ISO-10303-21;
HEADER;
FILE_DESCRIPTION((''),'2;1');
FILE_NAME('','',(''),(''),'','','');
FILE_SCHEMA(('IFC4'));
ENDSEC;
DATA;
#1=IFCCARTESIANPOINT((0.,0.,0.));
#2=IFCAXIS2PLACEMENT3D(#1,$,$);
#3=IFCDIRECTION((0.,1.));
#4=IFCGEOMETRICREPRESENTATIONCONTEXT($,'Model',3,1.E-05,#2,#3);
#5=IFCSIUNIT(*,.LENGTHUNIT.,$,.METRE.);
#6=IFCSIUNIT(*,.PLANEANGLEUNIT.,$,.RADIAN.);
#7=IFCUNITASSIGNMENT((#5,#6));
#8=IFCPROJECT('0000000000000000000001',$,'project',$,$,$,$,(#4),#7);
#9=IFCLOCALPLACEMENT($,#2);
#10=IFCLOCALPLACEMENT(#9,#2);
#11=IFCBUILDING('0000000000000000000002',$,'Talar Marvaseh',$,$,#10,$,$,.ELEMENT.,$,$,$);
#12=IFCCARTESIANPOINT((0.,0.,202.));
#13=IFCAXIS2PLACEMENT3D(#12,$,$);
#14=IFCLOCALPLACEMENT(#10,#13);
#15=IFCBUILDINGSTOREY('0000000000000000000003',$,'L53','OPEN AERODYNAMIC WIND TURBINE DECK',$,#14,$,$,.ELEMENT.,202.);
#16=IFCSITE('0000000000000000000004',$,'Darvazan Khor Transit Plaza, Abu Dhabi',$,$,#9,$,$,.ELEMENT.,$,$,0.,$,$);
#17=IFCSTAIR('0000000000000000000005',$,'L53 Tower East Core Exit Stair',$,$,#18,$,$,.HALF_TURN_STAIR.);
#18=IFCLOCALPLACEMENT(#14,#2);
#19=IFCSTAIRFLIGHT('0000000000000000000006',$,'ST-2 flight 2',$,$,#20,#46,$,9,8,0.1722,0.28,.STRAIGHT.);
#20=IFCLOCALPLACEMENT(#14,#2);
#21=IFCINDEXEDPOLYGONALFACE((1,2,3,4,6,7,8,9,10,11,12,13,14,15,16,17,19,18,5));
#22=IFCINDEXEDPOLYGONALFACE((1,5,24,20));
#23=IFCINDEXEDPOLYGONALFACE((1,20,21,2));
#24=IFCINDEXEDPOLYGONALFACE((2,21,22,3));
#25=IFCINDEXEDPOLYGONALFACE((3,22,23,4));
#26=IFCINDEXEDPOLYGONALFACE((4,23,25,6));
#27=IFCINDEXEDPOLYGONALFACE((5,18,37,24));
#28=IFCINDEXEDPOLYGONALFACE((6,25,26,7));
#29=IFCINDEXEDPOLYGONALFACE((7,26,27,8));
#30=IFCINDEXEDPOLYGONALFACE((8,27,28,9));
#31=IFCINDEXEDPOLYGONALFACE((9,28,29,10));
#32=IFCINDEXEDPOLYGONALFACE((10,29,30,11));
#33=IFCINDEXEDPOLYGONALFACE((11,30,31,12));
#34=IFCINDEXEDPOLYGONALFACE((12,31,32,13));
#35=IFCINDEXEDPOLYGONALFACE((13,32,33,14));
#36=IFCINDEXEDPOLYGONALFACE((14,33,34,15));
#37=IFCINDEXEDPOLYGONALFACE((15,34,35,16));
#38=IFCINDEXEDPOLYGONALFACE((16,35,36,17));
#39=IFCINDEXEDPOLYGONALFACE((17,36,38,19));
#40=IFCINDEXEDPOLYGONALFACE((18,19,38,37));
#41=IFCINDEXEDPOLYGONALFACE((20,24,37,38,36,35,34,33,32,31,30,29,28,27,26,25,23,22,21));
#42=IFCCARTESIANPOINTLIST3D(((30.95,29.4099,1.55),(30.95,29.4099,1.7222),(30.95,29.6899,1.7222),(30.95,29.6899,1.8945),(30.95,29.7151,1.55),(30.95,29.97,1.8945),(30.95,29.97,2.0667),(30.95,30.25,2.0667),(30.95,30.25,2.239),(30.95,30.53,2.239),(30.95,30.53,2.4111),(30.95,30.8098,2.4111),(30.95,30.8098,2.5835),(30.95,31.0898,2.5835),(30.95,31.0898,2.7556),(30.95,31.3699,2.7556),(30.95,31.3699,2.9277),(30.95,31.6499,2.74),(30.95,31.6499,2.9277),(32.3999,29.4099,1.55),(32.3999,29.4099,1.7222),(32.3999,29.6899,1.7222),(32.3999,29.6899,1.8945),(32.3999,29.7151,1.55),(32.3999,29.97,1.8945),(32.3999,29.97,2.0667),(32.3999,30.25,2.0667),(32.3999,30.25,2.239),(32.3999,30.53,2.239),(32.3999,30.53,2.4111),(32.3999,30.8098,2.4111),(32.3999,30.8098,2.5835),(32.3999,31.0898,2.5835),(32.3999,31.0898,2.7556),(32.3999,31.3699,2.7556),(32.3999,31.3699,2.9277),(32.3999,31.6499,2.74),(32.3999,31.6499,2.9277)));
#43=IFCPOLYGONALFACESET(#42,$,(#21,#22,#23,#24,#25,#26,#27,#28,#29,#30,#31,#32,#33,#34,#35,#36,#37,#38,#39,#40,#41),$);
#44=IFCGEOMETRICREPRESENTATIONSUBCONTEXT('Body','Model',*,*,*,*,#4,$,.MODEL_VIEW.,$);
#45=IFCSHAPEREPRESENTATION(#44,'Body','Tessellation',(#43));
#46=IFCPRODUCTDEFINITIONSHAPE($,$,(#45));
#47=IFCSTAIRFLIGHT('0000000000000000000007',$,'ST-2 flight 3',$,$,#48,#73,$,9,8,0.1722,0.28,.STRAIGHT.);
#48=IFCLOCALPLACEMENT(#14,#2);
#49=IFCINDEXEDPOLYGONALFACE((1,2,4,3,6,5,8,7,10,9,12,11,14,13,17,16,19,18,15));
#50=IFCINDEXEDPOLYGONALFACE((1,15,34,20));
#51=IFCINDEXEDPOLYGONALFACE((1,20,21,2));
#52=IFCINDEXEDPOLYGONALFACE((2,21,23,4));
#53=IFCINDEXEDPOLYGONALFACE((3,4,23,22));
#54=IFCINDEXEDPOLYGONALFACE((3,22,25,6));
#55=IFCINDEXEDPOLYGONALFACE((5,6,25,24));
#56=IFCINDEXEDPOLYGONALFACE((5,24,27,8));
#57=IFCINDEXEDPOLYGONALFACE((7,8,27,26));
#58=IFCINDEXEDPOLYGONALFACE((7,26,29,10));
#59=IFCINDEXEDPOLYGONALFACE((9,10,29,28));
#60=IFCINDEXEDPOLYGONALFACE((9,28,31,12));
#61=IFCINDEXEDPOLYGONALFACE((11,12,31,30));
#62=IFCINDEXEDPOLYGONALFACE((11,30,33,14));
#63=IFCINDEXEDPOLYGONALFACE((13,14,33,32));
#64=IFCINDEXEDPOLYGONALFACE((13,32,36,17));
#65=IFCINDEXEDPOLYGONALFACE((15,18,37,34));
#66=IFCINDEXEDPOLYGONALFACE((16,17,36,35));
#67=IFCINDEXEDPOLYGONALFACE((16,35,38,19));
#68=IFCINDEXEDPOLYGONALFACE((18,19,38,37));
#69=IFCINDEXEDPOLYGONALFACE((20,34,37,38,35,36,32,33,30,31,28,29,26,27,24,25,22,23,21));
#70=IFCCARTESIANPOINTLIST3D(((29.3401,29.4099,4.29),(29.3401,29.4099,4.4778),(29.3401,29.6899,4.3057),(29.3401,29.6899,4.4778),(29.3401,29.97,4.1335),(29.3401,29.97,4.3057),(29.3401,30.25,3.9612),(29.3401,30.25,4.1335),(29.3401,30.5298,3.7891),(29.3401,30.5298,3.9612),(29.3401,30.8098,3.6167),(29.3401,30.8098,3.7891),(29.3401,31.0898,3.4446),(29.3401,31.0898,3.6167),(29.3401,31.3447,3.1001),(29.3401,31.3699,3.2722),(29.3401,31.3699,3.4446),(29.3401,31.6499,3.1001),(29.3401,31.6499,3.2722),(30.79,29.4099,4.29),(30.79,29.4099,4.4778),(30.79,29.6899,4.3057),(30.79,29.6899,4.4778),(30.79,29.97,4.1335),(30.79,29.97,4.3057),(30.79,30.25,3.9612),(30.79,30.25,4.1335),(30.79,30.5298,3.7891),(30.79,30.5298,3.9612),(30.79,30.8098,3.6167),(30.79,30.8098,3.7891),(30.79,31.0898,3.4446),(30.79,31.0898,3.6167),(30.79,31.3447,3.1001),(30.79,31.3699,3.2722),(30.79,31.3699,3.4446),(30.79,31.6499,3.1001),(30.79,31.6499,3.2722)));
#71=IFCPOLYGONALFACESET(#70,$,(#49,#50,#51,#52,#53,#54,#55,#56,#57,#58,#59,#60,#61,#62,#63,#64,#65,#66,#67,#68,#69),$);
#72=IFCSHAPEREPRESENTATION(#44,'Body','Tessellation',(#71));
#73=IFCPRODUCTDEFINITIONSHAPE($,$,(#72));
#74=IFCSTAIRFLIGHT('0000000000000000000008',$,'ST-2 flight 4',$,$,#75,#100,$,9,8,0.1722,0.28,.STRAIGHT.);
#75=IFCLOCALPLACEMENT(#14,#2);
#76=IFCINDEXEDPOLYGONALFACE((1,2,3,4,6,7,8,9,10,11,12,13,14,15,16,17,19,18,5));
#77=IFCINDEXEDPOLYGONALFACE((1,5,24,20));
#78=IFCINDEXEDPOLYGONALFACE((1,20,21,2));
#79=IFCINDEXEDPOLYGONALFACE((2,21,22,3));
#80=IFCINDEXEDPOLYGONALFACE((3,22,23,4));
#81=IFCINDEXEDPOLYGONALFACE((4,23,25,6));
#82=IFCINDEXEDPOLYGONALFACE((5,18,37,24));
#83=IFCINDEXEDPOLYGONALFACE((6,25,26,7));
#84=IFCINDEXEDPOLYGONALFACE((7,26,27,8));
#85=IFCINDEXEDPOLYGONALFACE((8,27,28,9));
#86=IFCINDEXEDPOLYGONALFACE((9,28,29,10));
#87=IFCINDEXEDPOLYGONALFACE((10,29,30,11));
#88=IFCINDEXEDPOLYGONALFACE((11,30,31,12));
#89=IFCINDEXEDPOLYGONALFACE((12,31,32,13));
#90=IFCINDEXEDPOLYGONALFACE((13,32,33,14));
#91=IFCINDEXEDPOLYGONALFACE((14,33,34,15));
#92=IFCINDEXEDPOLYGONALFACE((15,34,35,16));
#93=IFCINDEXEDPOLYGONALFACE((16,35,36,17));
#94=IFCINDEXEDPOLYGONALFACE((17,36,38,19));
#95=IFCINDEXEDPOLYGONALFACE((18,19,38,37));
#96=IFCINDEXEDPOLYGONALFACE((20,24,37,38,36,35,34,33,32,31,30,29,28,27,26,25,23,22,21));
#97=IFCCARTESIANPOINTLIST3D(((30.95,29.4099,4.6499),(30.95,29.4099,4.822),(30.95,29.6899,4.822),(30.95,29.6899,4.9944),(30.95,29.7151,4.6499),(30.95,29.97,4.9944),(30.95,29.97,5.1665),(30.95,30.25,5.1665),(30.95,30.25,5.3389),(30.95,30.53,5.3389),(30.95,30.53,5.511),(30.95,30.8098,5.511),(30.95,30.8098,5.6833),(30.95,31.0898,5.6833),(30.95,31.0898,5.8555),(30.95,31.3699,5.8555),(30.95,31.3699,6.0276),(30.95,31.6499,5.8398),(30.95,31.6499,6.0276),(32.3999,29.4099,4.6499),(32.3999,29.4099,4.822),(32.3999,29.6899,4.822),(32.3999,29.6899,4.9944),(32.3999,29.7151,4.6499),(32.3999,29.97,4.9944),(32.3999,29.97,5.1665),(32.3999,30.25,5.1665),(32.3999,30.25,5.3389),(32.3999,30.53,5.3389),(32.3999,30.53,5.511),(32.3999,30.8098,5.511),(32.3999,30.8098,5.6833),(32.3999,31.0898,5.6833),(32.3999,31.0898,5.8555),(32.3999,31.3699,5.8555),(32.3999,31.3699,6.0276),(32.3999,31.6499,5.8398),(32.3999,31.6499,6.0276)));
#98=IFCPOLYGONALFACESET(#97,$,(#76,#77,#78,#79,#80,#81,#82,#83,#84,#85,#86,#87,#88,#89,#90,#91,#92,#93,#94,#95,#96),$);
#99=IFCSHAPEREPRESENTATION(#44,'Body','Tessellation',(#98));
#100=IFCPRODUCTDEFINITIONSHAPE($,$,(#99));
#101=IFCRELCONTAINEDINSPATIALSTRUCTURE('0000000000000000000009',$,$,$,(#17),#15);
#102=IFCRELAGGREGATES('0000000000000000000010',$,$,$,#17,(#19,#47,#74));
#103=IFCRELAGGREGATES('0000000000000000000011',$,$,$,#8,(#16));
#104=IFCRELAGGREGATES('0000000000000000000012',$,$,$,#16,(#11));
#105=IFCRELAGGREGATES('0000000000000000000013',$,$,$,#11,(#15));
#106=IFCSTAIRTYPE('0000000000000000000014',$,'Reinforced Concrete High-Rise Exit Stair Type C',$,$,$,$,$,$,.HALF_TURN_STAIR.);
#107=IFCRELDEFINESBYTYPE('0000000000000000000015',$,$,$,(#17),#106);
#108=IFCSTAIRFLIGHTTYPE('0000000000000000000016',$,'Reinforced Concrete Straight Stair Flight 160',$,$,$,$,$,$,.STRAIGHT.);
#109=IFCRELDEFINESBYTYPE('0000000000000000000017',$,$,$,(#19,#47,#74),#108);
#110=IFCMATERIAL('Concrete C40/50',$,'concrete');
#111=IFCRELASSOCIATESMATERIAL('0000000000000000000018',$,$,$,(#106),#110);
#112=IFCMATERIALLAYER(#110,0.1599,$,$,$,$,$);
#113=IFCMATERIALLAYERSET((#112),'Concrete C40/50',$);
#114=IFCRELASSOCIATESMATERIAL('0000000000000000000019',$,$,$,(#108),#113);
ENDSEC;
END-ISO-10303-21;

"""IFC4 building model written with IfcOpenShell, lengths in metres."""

from ifc_helpers import new_model, si_unit, direction, frame, origin, place, context, subcontext, project, spatial, polyline, outline, extrude, material, layer, layer_set, type_object, element, aggregate, save


model = new_model("IFC4")

# Units and contexts
model_context = context("Model", 3, precision=1e-05, world=origin(), true_north=direction((0.0, 1.0)))
body_context = subcontext(model_context, "Body", "Model", "MODEL_VIEW")
ifc_project = project(units=[si_unit("LENGTHUNIT", "METRE"), si_unit("PLANEANGLEUNIT", "RADIAN")], contexts=[model_context])

# Site, building, storey
site_placement = place(None, origin())
site = spatial("IfcSite", under=ifc_project, at=site_placement, Name="Darvazan Khor Transit Plaza, Abu Dhabi", CompositionType="ELEMENT", RefElevation=0.0)
building_placement = place(site_placement, origin())
building = spatial("IfcBuilding", under=site, at=building_placement, Name="Talar Marvaseh", CompositionType="ELEMENT")
storey_placement = place(building_placement, frame((0.0, 0.0, 202.0)))
storey = spatial("IfcBuildingStorey", under=building, at=storey_placement, Name="L53", Description="OPEN AERODYNAMIC WIND TURBINE DECK", CompositionType="ELEMENT", Elevation=202.0)

# Shared definitions
ifc_material_1 = material(Name="Concrete C40/50", Category="concrete")

# Stair, stair flights
stair_type = type_object("IfcStairType", Name="Reinforced Concrete High-Rise Exit Stair Type C", PredefinedType="HALF_TURN_STAIR", material=ifc_material_1)
stair_placement = place(storey_placement, origin())
stair = element("IfcStair", 1, at=stair_placement, inside=storey, type_object=stair_type, Name="L53 Tower East Core Exit Stair", PredefinedType="HALF_TURN_STAIR")
ifc_layer_1 = layer(ifc_material_1, 0.1599)
ifc_layer_set_1 = layer_set([ifc_layer_1], Name="Concrete C40/50")
stair_flight_type = type_object("IfcStairFlightType", Name="Reinforced Concrete Straight Stair Flight 160", PredefinedType="STRAIGHT", material=ifc_layer_set_1)
stair_flight_1_placement = place(storey_placement, frame((31.675, 29.4099, 1.55), z_axis=(0.0, 0.0, 1.0), x_axis=(0.0, 1.0, 0.0)))
stair_flight_1 = element("IfcStairFlight", 2, at=stair_flight_1_placement, type_object=stair_flight_type, Name="ST-2 flight 2", NumberOfRisers=9, NumberOfTreads=8, PredefinedType="STRAIGHT", RiserHeight=0.1722, TreadLength=0.28, context=body_context, shape_type="SweptSolid", body=[
    extrude(outline(polyline([(0.0, 0.0), (0.0, 0.1721), (0.28, 0.1721), (0.28, 0.3445), (0.5601, 0.3445), (0.5601, 0.5166), (0.8401, 0.5166), (0.8401, 0.689), (1.1201, 0.689), (1.1201, 0.8611), (1.3999, 0.8611), (1.3999, 1.0334), (1.6799, 1.0334), (1.6799, 1.2056), (1.96, 1.2056), (1.96, 1.3777), (2.24, 1.3777), (2.24, 1.55), (2.24, 1.1899), (0.3052, 0.0), (0.0, 0.0)])), frame((0.0, 0.7251, 0.0), z_axis=(0.0, -1.0, 0.0), x_axis=(1.0, 0.0, 0.0)), (0.0, 0.0, 1.0), 1.45),
])
stair_flight_2_placement = place(storey_placement, frame((30.0649, 31.6499, 3.1001), z_axis=(0.0, 0.0, 1.0), x_axis=(0.0, -1.0, 0.0)))
stair_flight_2 = element("IfcStairFlight", 3, at=stair_flight_2_placement, type_object=stair_flight_type, Name="ST-2 flight 3", NumberOfRisers=9, NumberOfTreads=8, PredefinedType="STRAIGHT", RiserHeight=0.1722, TreadLength=0.28, context=body_context, shape_type="SweptSolid", body=[
    extrude(outline(polyline([(0.0, 0.0), (0.0, 0.1721), (0.28, 0.1721), (0.28, 0.3445), (0.5601, 0.3445), (0.5601, 0.5166), (0.8401, 0.5166), (0.8401, 0.689), (1.1201, 0.689), (1.1201, 0.8611), (1.3999, 0.8611), (1.3999, 1.0334), (1.6799, 1.0334), (1.6799, 1.2056), (1.96, 1.2056), (1.96, 1.3777), (2.24, 1.3777), (2.24, 1.55), (2.24, 1.1899), (0.3052, 0.0), (0.0, 0.0)])), frame((0.0, 0.7251, 0.0), z_axis=(0.0, -1.0, 0.0), x_axis=(1.0, 0.0, 0.0)), (0.0, 0.0, 1.0), 1.45),
])
stair_flight_3_placement = place(storey_placement, frame((31.675, 29.4099, 4.6499), z_axis=(0.0, 0.0, 1.0), x_axis=(0.0, 1.0, 0.0)))
stair_flight_3 = element("IfcStairFlight", 4, at=stair_flight_3_placement, type_object=stair_flight_type, Name="ST-2 flight 4", NumberOfRisers=9, NumberOfTreads=8, PredefinedType="STRAIGHT", RiserHeight=0.1722, TreadLength=0.28, context=body_context, shape_type="SweptSolid", body=[
    extrude(outline(polyline([(0.0, 0.0), (0.0, 0.1721), (0.28, 0.1721), (0.28, 0.3445), (0.5601, 0.3445), (0.5601, 0.5166), (0.8401, 0.5166), (0.8401, 0.689), (1.1201, 0.689), (1.1201, 0.8611), (1.3999, 0.8611), (1.3999, 1.0334), (1.6799, 1.0334), (1.6799, 1.2056), (1.96, 1.2056), (1.96, 1.3777), (2.24, 1.3777), (2.24, 1.55), (2.24, 1.1899), (0.3052, 0.0), (0.0, 0.0)])), frame((0.0, 0.7251, 0.0), z_axis=(0.0, -1.0, 0.0), x_axis=(1.0, 0.0, 0.0)), (0.0, 0.0, 1.0), 1.45),
])
aggregate(stair, [stair_flight_1, stair_flight_2, stair_flight_3])

save(model, "model.ifc")
